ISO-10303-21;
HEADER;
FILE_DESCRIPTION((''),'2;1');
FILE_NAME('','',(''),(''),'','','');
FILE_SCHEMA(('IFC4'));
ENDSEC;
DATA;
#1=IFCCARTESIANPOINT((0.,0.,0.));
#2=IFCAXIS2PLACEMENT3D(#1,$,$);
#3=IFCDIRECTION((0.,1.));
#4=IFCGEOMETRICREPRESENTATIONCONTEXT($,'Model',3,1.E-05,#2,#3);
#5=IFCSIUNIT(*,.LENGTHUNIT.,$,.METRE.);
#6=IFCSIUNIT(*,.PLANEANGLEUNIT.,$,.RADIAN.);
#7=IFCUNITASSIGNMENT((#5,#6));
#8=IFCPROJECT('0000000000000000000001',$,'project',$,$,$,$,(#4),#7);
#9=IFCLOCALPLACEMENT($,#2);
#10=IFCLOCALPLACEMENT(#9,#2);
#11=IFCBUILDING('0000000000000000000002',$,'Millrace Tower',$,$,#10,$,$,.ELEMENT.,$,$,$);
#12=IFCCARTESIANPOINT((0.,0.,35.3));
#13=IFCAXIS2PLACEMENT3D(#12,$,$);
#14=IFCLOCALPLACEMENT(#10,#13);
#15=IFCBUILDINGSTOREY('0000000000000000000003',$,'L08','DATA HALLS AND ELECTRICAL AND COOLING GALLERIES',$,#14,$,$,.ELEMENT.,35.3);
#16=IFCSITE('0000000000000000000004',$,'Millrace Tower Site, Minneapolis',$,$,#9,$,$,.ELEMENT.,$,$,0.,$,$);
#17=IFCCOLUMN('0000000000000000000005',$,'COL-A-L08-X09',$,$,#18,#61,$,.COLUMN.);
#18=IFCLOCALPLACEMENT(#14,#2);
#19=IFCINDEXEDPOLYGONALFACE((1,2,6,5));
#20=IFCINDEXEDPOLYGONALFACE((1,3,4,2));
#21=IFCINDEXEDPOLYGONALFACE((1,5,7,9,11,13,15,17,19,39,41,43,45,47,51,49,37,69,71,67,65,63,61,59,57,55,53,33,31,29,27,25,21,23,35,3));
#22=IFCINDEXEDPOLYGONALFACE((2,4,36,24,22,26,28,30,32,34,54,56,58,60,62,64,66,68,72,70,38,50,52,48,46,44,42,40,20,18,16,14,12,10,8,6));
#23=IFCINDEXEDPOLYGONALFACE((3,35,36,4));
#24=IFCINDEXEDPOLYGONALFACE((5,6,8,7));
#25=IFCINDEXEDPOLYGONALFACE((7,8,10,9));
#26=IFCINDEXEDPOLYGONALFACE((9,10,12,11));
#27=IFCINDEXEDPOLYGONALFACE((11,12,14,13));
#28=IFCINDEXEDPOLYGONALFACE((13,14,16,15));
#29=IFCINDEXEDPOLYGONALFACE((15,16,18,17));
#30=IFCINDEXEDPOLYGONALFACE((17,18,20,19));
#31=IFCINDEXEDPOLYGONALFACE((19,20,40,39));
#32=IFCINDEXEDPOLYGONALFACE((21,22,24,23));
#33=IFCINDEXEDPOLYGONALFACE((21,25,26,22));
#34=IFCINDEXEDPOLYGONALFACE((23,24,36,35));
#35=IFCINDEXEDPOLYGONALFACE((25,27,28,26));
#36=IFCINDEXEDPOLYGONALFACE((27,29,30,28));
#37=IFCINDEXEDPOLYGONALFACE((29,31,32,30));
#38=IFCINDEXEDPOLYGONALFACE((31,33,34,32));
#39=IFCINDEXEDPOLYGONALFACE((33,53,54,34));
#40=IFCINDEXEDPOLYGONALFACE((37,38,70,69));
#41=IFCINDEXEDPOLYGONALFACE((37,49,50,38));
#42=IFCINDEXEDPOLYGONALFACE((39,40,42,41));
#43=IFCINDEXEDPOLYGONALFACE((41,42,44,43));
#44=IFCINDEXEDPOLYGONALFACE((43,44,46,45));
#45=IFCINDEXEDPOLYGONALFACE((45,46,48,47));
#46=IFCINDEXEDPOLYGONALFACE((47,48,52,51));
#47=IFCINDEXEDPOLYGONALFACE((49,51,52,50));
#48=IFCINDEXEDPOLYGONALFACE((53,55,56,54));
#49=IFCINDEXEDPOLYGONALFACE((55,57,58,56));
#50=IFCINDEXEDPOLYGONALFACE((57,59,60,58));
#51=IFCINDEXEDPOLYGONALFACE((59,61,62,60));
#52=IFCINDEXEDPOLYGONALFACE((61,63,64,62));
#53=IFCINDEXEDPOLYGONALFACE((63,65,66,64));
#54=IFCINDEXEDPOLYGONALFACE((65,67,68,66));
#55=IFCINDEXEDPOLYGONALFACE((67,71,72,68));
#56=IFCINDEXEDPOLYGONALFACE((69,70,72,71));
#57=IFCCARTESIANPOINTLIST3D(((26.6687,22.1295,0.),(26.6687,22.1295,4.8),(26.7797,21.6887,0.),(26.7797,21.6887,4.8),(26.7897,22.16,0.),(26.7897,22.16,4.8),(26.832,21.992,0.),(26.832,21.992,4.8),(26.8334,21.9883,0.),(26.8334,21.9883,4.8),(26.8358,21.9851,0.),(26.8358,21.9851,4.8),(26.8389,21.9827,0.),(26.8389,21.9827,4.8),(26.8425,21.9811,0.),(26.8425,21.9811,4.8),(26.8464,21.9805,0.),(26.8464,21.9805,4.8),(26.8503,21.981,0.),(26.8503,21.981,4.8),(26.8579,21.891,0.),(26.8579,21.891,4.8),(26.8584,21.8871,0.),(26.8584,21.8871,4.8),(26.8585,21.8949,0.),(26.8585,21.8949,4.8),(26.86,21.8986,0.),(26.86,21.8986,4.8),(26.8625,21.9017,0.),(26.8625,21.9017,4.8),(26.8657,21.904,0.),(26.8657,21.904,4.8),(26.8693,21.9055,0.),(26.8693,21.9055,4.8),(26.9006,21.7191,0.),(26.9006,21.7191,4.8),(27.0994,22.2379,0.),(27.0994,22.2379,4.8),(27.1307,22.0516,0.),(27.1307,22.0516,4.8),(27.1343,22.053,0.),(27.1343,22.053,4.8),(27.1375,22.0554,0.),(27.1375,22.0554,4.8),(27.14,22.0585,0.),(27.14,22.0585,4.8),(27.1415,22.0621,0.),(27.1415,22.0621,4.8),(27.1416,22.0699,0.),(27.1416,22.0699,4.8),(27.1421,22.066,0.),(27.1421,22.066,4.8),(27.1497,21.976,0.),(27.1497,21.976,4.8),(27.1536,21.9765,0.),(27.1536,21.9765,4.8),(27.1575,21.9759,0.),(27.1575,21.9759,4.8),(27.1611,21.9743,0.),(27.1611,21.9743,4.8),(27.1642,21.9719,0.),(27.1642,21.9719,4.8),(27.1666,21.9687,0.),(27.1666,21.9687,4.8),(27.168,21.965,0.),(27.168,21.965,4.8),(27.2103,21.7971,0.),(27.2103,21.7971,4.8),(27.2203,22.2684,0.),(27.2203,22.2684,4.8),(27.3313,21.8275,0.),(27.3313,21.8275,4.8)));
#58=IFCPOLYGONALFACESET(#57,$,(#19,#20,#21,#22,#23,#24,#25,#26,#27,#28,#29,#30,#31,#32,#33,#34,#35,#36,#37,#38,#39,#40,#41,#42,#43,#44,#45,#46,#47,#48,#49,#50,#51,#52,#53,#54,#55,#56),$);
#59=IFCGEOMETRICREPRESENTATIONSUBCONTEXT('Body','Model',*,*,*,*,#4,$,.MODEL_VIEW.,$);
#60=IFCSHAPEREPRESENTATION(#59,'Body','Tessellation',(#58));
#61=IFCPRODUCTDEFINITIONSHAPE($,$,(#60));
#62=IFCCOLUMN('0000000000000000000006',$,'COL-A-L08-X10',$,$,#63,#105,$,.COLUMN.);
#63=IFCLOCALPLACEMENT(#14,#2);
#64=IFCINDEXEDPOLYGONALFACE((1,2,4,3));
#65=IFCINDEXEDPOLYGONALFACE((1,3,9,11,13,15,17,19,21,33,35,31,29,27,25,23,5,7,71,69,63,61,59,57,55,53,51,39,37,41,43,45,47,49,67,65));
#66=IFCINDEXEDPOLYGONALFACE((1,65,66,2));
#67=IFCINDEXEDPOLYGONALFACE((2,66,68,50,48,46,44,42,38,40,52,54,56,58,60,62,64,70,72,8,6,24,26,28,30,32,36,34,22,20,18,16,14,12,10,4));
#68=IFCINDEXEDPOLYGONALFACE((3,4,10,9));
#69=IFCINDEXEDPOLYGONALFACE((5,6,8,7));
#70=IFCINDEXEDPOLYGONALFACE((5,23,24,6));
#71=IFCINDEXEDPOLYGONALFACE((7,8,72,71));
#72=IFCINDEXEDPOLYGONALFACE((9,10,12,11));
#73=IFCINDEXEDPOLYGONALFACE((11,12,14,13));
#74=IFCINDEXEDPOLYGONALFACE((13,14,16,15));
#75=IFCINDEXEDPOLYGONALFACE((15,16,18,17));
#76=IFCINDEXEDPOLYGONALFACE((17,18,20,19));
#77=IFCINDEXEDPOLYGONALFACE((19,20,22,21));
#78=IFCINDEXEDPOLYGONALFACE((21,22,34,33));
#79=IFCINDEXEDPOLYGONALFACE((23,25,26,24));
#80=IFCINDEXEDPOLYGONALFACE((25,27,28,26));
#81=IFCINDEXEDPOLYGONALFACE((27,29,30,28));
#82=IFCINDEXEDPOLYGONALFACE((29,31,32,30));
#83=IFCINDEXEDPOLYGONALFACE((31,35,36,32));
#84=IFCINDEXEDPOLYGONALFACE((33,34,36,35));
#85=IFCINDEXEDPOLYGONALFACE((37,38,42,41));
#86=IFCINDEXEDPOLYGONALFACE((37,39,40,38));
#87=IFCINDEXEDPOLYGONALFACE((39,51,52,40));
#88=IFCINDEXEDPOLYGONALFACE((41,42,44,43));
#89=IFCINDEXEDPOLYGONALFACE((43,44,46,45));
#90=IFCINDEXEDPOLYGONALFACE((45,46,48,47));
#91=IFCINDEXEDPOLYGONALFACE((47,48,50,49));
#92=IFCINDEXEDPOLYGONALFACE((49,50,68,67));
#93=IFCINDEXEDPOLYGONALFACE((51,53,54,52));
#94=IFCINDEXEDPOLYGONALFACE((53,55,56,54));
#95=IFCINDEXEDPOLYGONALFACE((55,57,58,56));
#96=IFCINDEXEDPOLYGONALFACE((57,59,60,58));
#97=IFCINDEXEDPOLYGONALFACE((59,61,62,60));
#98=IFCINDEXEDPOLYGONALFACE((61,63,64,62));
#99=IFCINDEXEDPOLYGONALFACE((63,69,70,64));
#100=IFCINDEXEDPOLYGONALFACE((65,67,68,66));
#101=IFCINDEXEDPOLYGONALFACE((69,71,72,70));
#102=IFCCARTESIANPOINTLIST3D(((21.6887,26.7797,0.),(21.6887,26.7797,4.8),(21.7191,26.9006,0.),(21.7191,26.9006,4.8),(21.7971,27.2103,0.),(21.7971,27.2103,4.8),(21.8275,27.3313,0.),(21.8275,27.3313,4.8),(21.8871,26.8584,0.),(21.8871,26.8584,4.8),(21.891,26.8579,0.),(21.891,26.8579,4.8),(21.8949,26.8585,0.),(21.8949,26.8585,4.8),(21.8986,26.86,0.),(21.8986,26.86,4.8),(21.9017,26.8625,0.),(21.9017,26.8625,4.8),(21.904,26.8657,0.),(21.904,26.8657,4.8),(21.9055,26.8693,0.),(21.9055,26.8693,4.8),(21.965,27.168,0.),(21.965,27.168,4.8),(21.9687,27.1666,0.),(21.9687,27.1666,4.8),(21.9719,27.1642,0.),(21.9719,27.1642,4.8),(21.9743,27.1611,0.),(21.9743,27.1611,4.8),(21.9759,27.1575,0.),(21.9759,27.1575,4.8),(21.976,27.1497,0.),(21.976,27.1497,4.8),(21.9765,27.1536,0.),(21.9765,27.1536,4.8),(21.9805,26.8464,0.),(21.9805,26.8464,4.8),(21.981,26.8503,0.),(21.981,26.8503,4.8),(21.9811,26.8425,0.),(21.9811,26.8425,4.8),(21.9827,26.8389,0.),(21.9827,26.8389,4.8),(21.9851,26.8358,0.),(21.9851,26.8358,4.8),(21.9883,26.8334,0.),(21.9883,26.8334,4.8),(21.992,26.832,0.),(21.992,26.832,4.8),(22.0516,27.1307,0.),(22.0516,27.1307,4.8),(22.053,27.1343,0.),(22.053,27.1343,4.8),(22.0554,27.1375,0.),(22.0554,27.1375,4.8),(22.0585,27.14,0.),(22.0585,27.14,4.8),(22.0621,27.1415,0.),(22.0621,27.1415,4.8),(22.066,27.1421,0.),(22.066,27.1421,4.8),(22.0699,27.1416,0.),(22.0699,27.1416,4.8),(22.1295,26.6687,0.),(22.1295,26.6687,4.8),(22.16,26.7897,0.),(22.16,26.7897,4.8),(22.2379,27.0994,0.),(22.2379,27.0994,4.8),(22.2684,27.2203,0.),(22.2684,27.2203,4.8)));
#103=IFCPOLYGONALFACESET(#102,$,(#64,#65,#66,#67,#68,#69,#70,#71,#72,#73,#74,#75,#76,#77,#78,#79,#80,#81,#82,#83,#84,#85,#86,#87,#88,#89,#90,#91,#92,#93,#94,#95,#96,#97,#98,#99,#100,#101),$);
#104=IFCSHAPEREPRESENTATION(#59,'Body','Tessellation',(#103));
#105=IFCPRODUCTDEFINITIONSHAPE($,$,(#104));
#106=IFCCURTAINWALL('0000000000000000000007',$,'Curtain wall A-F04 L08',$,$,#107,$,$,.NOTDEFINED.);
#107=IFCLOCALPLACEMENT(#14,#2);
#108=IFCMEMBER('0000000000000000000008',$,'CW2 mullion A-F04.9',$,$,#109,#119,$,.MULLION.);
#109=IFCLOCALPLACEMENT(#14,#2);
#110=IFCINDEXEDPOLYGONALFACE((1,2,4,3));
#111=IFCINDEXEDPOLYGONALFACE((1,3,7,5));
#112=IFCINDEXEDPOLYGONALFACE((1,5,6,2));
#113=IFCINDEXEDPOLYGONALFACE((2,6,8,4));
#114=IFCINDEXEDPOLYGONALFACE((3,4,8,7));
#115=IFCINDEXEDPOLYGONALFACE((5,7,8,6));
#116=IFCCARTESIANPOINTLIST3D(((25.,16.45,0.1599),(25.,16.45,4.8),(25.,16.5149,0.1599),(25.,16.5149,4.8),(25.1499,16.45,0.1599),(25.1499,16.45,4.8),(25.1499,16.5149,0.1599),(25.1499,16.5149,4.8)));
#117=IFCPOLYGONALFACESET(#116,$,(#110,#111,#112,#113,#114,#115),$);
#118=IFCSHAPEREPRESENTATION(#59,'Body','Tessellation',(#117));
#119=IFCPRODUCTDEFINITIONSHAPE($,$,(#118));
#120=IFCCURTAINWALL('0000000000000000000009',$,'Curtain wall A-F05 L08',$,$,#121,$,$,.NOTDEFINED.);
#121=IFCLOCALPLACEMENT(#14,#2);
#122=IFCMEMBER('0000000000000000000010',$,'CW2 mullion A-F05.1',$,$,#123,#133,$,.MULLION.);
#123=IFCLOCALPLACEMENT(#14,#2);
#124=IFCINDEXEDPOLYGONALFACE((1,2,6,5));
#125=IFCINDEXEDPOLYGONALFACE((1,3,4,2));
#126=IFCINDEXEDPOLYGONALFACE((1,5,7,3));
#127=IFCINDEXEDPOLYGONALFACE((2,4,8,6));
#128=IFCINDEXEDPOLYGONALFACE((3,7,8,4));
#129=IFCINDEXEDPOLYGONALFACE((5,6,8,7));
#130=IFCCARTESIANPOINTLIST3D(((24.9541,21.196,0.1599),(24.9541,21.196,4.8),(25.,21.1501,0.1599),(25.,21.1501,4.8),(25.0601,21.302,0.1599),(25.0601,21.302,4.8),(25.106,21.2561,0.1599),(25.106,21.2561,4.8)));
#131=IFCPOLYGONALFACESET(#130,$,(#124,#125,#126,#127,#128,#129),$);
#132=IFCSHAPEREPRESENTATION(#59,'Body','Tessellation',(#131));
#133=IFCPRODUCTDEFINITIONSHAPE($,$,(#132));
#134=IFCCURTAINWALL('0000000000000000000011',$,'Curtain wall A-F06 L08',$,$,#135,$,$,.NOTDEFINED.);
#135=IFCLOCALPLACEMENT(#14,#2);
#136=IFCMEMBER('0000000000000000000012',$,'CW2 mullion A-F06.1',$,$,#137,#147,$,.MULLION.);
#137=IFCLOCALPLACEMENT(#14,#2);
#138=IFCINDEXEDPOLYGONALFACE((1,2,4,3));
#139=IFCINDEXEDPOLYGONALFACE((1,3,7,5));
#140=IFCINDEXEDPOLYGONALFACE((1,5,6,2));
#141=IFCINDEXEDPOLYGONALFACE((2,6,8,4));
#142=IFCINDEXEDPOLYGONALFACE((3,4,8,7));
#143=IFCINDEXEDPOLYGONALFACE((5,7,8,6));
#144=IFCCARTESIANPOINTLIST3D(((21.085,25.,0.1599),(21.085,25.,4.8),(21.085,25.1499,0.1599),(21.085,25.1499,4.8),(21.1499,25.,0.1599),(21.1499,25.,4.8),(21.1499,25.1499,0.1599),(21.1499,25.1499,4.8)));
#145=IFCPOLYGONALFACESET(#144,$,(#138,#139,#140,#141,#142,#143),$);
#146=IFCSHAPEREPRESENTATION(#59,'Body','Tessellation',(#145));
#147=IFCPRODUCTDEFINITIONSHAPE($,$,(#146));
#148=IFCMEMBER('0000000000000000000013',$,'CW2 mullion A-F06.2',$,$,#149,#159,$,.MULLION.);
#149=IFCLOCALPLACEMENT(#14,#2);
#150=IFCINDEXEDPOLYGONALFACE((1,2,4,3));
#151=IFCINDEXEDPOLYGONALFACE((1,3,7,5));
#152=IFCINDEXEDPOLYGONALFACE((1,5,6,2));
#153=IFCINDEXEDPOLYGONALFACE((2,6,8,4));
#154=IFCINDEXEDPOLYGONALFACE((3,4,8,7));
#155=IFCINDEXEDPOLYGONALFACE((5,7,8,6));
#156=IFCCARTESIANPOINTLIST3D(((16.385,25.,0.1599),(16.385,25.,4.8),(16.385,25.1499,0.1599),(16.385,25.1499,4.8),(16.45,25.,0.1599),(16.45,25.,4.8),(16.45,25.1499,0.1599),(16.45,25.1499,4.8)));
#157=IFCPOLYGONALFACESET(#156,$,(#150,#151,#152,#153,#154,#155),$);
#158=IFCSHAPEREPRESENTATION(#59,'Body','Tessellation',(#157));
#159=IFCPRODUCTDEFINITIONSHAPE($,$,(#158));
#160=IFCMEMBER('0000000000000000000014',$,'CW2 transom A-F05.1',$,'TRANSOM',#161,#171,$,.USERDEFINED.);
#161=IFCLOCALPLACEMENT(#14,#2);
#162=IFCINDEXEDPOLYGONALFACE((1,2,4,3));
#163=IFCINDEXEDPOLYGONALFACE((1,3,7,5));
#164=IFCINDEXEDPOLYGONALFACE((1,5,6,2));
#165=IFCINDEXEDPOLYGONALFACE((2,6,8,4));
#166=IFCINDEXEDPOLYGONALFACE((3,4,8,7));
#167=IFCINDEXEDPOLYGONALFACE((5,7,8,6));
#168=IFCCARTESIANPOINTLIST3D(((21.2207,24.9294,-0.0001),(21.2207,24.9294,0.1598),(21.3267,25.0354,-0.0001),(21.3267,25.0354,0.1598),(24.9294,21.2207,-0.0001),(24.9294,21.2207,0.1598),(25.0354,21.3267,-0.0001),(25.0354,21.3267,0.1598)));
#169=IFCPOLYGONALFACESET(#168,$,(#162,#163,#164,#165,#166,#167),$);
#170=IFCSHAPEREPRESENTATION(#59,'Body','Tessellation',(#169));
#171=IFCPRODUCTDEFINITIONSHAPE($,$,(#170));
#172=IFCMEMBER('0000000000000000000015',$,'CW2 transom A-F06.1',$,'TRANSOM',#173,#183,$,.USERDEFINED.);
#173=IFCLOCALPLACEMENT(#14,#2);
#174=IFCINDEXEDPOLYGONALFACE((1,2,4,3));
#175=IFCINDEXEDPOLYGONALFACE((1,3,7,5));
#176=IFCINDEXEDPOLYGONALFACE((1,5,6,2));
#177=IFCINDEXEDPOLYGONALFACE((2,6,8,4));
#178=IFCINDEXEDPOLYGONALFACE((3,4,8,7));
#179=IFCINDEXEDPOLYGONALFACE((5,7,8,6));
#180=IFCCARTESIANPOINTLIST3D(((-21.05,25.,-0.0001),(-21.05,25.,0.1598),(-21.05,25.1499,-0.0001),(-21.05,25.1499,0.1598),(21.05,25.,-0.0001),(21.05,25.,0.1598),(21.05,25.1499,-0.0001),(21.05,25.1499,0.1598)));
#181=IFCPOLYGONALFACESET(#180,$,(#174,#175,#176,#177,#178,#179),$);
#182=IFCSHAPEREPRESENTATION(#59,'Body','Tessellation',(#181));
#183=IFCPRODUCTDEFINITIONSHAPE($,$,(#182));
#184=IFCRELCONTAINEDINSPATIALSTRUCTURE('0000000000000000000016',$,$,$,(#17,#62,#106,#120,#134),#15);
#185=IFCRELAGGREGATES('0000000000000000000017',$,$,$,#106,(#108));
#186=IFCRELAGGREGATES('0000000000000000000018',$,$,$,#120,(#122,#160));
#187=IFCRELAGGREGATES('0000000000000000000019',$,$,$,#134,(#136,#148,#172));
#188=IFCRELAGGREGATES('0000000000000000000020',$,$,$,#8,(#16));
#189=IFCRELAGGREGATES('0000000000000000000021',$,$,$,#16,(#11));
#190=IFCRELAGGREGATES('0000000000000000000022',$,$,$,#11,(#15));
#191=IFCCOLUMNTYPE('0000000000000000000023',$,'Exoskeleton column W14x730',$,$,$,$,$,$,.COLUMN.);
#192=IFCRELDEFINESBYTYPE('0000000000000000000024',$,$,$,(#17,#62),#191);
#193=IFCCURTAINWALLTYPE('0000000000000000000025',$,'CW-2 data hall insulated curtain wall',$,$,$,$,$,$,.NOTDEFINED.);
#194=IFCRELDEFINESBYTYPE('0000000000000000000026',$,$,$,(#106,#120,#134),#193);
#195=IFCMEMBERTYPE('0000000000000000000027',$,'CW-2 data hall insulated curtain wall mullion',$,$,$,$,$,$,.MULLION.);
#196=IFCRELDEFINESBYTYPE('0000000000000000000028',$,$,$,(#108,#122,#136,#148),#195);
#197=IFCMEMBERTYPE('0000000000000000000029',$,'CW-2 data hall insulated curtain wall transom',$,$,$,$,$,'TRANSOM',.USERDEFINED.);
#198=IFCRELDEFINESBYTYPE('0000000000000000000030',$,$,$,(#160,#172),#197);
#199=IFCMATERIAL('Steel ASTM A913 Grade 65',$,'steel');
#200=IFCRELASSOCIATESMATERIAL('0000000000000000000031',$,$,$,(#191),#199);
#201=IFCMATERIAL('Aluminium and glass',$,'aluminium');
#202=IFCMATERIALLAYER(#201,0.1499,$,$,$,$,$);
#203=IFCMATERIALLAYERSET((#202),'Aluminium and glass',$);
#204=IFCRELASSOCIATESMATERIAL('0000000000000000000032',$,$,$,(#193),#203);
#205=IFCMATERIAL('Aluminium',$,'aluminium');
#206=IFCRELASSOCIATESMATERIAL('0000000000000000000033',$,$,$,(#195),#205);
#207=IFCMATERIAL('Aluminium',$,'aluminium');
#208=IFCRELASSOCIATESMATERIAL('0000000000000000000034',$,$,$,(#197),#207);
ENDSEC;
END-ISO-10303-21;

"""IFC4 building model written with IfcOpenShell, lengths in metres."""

from ifc_helpers import new_model, si_unit, direction, frame, origin, origin_2d, place, context, subcontext, project, spatial, rectangle, i_section, extrude, material, layer, layer_set, material_profile, profile_set, type_object, element, aggregate, save


model = new_model("IFC4")

# Units and contexts
model_context = context("Model", 3, precision=1e-05, world=origin(), true_north=direction((0.0, 1.0)))
body_context = subcontext(model_context, "Body", "Model", "MODEL_VIEW")
ifc_project = project(units=[si_unit("LENGTHUNIT", "METRE"), si_unit("PLANEANGLEUNIT", "RADIAN")], contexts=[model_context])

# Site, building, storey
site_placement = place(None, origin())
site = spatial("IfcSite", under=ifc_project, at=site_placement, Name="Millrace Tower Site, Minneapolis", CompositionType="ELEMENT", RefElevation=0.0)
building_placement = place(site_placement, origin())
building = spatial("IfcBuilding", under=site, at=building_placement, Name="Millrace Tower", CompositionType="ELEMENT")
storey_placement = place(building_placement, frame((0.0, 0.0, 35.3)))
storey = spatial("IfcBuildingStorey", under=building, at=storey_placement, Name="L08", Description="DATA HALLS AND ELECTRICAL AND COOLING GALLERIES", CompositionType="ELEMENT", Elevation=35.3)

# Columns
ifc_material_1 = material(Name="Steel ASTM A913 Grade 65", Category="steel")
ifc_material_profile_1 = material_profile(ifc_material_1, i_section(OverallWidth=0.4546, OverallDepth=0.5688, WebThickness=0.0779, FlangeThickness=0.1248, FilletRadius=0.0151, at=origin_2d()))
ifc_profile_set_1 = profile_set([ifc_material_profile_1], Name="Steel ASTM A913 Grade 65")
column_type = type_object("IfcColumnType", Name="Exoskeleton column W14x730", PredefinedType="COLUMN", material=ifc_profile_set_1)
for number, where, z_axis, x_axis, name in (
    (1, (27.0, 21.9785, 0.0), (0.0, 0.0, 1.0), (-0.244094, 0.969752, 0.0), "COL-A-L08-X09"),
    (2, (21.9785, 27.0, 0.0), (0.0, 0.0, 1.0), (-0.969752, 0.244094, 0.0), "COL-A-L08-X10"),
):
    element("IfcColumn", number, at=place(storey_placement, frame(where, z_axis=z_axis, x_axis=x_axis)), inside=storey, type_object=column_type, Name=name, PredefinedType="COLUMN", context=body_context, shape_type="SweptSolid", body=[
        extrude(i_section(OverallWidth=0.4546, OverallDepth=0.5688, WebThickness=0.0779, FlangeThickness=0.1248, FilletRadius=0.0151, at=origin_2d()), origin(), (0.0, 0.0, 1.0), 4.8),
    ])

# Curtain walls, members
ifc_material_2 = material(Name="Aluminium and glass", Category="aluminium")
ifc_layer_1 = layer(ifc_material_2, 0.1499)
ifc_layer_set_1 = layer_set([ifc_layer_1], Name="Aluminium and glass")
curtain_wall_type = type_object("IfcCurtainWallType", Name="CW-2 data hall insulated curtain wall", PredefinedType="NOTDEFINED", material=ifc_layer_set_1)
placement = place(storey_placement, origin())
curtain_wall_1 = element("IfcCurtainWall", 3, at=placement, inside=storey, type_object=curtain_wall_type, Name="Curtain wall A-F04 L08", PredefinedType="NOTDEFINED")
ifc_material_3 = material(Name="Aluminium", Category="aluminium")
ifc_material_profile_2 = material_profile(ifc_material_3, rectangle(XDim=0.0649, YDim=0.1499, at=origin_2d()))
ifc_profile_set_2 = profile_set([ifc_material_profile_2], Name="Aluminium")
member_type_1 = type_object("IfcMemberType", Name="CW-2 data hall insulated curtain wall mullion", PredefinedType="MULLION", material=ifc_profile_set_2)
member_1_placement = place(storey_placement, frame((25.075, 16.4824, 0.1599), z_axis=(0.0, 0.0, 1.0), x_axis=(0.0, 1.0, 0.0)))
member_1 = element("IfcMember", 4, at=member_1_placement, type_object=member_type_1, Name="CW2 mullion A-F04.9", PredefinedType="MULLION", context=body_context, shape_type="SweptSolid", body=[
    extrude(rectangle(XDim=0.0649, YDim=0.1499, at=origin_2d()), origin(), (0.0, 0.0, 1.0), 4.6401),
])
aggregate(curtain_wall_1, [member_1])
curtain_wall_2 = element("IfcCurtainWall", 5, at=placement, inside=storey, type_object=curtain_wall_type, Name="Curtain wall A-F05 L08", PredefinedType="NOTDEFINED")
member_2_placement = place(storey_placement, frame((25.03, 21.2261, 0.1599), z_axis=(0.0, 0.0, 1.0), x_axis=(-0.707107, 0.707107, 0.0)))
member_2 = element("IfcMember", 6, at=member_2_placement, type_object=member_type_1, Name="CW2 mullion A-F05.1", PredefinedType="MULLION", context=body_context, shape_type="SweptSolid", body=[
    extrude(rectangle(XDim=0.0649, YDim=0.1499, at=origin_2d()), origin(), (0.0, 0.0, 1.0), 4.6401),
])

# Curtain wall, members
curtain_wall_3 = element("IfcCurtainWall", 7, at=placement, inside=storey, type_object=curtain_wall_type, Name="Curtain wall A-F06 L08", PredefinedType="NOTDEFINED")
member_3_placement = place(storey_placement, frame((21.1174, 25.075, 0.1599), z_axis=(0.0, 0.0, 1.0), x_axis=(-1.0, 0.0, 0.0)))
member_3 = element("IfcMember", 8, at=member_3_placement, type_object=member_type_1, Name="CW2 mullion A-F06.1", PredefinedType="MULLION", context=body_context, shape_type="SweptSolid", body=[
    extrude(rectangle(XDim=0.0649, YDim=0.1499, at=origin_2d()), origin(), (0.0, 0.0, 1.0), 4.6401),
])
member_4_placement = place(storey_placement, frame((16.4175, 25.075, 0.1599), z_axis=(0.0, 0.0, 1.0), x_axis=(-1.0, 0.0, 0.0)))
member_4 = element("IfcMember", 9, at=member_4_placement, type_object=member_type_1, Name="CW2 mullion A-F06.2", PredefinedType="MULLION", context=body_context, shape_type="SweptSolid", body=[
    extrude(rectangle(XDim=0.0649, YDim=0.1499, at=origin_2d()), origin(), (0.0, 0.0, 1.0), 4.6401),
])

# Members
ifc_material_4 = material(Name="Aluminium", Category="aluminium")
ifc_material_profile_3 = material_profile(ifc_material_4, rectangle(XDim=0.1499, YDim=0.1599, at=origin_2d()))
ifc_profile_set_3 = profile_set([ifc_material_profile_3], Name="Aluminium")
member_type_2 = type_object("IfcMemberType", Name="CW-2 data hall insulated curtain wall transom", ElementType="TRANSOM", PredefinedType="USERDEFINED", material=ifc_profile_set_3)
member_5_placement = place(storey_placement, frame((24.9824, 21.2737, 0.0798), z_axis=(-0.707107, 0.707107, 0.0), x_axis=(-0.707107, -0.707107, 0.0)))
member_5 = element("IfcMember", 10, at=member_5_placement, type_object=member_type_2, Name="CW2 transom A-F05.1", ObjectType="TRANSOM", PredefinedType="USERDEFINED", context=body_context, shape_type="SweptSolid", body=[
    extrude(rectangle(XDim=0.1499, YDim=0.1599, at=origin_2d()), origin(), (0.0, 0.0, 1.0), 5.2449),
])
aggregate(curtain_wall_2, [member_2, member_5])
member_6_placement = place(storey_placement, frame((21.05, 25.075, 0.0798), z_axis=(-1.0, 0.0, 0.0), x_axis=(0.0, -1.0, 0.0)))
member_6 = element("IfcMember", 11, at=member_6_placement, type_object=member_type_2, Name="CW2 transom A-F06.1", ObjectType="TRANSOM", PredefinedType="USERDEFINED", context=body_context, shape_type="SweptSolid", body=[
    extrude(rectangle(XDim=0.1499, YDim=0.1599, at=origin_2d()), origin(), (0.0, 0.0, 1.0), 42.1001),
])
aggregate(curtain_wall_3, [member_3, member_4, member_6])

save(model, "model.ifc")
